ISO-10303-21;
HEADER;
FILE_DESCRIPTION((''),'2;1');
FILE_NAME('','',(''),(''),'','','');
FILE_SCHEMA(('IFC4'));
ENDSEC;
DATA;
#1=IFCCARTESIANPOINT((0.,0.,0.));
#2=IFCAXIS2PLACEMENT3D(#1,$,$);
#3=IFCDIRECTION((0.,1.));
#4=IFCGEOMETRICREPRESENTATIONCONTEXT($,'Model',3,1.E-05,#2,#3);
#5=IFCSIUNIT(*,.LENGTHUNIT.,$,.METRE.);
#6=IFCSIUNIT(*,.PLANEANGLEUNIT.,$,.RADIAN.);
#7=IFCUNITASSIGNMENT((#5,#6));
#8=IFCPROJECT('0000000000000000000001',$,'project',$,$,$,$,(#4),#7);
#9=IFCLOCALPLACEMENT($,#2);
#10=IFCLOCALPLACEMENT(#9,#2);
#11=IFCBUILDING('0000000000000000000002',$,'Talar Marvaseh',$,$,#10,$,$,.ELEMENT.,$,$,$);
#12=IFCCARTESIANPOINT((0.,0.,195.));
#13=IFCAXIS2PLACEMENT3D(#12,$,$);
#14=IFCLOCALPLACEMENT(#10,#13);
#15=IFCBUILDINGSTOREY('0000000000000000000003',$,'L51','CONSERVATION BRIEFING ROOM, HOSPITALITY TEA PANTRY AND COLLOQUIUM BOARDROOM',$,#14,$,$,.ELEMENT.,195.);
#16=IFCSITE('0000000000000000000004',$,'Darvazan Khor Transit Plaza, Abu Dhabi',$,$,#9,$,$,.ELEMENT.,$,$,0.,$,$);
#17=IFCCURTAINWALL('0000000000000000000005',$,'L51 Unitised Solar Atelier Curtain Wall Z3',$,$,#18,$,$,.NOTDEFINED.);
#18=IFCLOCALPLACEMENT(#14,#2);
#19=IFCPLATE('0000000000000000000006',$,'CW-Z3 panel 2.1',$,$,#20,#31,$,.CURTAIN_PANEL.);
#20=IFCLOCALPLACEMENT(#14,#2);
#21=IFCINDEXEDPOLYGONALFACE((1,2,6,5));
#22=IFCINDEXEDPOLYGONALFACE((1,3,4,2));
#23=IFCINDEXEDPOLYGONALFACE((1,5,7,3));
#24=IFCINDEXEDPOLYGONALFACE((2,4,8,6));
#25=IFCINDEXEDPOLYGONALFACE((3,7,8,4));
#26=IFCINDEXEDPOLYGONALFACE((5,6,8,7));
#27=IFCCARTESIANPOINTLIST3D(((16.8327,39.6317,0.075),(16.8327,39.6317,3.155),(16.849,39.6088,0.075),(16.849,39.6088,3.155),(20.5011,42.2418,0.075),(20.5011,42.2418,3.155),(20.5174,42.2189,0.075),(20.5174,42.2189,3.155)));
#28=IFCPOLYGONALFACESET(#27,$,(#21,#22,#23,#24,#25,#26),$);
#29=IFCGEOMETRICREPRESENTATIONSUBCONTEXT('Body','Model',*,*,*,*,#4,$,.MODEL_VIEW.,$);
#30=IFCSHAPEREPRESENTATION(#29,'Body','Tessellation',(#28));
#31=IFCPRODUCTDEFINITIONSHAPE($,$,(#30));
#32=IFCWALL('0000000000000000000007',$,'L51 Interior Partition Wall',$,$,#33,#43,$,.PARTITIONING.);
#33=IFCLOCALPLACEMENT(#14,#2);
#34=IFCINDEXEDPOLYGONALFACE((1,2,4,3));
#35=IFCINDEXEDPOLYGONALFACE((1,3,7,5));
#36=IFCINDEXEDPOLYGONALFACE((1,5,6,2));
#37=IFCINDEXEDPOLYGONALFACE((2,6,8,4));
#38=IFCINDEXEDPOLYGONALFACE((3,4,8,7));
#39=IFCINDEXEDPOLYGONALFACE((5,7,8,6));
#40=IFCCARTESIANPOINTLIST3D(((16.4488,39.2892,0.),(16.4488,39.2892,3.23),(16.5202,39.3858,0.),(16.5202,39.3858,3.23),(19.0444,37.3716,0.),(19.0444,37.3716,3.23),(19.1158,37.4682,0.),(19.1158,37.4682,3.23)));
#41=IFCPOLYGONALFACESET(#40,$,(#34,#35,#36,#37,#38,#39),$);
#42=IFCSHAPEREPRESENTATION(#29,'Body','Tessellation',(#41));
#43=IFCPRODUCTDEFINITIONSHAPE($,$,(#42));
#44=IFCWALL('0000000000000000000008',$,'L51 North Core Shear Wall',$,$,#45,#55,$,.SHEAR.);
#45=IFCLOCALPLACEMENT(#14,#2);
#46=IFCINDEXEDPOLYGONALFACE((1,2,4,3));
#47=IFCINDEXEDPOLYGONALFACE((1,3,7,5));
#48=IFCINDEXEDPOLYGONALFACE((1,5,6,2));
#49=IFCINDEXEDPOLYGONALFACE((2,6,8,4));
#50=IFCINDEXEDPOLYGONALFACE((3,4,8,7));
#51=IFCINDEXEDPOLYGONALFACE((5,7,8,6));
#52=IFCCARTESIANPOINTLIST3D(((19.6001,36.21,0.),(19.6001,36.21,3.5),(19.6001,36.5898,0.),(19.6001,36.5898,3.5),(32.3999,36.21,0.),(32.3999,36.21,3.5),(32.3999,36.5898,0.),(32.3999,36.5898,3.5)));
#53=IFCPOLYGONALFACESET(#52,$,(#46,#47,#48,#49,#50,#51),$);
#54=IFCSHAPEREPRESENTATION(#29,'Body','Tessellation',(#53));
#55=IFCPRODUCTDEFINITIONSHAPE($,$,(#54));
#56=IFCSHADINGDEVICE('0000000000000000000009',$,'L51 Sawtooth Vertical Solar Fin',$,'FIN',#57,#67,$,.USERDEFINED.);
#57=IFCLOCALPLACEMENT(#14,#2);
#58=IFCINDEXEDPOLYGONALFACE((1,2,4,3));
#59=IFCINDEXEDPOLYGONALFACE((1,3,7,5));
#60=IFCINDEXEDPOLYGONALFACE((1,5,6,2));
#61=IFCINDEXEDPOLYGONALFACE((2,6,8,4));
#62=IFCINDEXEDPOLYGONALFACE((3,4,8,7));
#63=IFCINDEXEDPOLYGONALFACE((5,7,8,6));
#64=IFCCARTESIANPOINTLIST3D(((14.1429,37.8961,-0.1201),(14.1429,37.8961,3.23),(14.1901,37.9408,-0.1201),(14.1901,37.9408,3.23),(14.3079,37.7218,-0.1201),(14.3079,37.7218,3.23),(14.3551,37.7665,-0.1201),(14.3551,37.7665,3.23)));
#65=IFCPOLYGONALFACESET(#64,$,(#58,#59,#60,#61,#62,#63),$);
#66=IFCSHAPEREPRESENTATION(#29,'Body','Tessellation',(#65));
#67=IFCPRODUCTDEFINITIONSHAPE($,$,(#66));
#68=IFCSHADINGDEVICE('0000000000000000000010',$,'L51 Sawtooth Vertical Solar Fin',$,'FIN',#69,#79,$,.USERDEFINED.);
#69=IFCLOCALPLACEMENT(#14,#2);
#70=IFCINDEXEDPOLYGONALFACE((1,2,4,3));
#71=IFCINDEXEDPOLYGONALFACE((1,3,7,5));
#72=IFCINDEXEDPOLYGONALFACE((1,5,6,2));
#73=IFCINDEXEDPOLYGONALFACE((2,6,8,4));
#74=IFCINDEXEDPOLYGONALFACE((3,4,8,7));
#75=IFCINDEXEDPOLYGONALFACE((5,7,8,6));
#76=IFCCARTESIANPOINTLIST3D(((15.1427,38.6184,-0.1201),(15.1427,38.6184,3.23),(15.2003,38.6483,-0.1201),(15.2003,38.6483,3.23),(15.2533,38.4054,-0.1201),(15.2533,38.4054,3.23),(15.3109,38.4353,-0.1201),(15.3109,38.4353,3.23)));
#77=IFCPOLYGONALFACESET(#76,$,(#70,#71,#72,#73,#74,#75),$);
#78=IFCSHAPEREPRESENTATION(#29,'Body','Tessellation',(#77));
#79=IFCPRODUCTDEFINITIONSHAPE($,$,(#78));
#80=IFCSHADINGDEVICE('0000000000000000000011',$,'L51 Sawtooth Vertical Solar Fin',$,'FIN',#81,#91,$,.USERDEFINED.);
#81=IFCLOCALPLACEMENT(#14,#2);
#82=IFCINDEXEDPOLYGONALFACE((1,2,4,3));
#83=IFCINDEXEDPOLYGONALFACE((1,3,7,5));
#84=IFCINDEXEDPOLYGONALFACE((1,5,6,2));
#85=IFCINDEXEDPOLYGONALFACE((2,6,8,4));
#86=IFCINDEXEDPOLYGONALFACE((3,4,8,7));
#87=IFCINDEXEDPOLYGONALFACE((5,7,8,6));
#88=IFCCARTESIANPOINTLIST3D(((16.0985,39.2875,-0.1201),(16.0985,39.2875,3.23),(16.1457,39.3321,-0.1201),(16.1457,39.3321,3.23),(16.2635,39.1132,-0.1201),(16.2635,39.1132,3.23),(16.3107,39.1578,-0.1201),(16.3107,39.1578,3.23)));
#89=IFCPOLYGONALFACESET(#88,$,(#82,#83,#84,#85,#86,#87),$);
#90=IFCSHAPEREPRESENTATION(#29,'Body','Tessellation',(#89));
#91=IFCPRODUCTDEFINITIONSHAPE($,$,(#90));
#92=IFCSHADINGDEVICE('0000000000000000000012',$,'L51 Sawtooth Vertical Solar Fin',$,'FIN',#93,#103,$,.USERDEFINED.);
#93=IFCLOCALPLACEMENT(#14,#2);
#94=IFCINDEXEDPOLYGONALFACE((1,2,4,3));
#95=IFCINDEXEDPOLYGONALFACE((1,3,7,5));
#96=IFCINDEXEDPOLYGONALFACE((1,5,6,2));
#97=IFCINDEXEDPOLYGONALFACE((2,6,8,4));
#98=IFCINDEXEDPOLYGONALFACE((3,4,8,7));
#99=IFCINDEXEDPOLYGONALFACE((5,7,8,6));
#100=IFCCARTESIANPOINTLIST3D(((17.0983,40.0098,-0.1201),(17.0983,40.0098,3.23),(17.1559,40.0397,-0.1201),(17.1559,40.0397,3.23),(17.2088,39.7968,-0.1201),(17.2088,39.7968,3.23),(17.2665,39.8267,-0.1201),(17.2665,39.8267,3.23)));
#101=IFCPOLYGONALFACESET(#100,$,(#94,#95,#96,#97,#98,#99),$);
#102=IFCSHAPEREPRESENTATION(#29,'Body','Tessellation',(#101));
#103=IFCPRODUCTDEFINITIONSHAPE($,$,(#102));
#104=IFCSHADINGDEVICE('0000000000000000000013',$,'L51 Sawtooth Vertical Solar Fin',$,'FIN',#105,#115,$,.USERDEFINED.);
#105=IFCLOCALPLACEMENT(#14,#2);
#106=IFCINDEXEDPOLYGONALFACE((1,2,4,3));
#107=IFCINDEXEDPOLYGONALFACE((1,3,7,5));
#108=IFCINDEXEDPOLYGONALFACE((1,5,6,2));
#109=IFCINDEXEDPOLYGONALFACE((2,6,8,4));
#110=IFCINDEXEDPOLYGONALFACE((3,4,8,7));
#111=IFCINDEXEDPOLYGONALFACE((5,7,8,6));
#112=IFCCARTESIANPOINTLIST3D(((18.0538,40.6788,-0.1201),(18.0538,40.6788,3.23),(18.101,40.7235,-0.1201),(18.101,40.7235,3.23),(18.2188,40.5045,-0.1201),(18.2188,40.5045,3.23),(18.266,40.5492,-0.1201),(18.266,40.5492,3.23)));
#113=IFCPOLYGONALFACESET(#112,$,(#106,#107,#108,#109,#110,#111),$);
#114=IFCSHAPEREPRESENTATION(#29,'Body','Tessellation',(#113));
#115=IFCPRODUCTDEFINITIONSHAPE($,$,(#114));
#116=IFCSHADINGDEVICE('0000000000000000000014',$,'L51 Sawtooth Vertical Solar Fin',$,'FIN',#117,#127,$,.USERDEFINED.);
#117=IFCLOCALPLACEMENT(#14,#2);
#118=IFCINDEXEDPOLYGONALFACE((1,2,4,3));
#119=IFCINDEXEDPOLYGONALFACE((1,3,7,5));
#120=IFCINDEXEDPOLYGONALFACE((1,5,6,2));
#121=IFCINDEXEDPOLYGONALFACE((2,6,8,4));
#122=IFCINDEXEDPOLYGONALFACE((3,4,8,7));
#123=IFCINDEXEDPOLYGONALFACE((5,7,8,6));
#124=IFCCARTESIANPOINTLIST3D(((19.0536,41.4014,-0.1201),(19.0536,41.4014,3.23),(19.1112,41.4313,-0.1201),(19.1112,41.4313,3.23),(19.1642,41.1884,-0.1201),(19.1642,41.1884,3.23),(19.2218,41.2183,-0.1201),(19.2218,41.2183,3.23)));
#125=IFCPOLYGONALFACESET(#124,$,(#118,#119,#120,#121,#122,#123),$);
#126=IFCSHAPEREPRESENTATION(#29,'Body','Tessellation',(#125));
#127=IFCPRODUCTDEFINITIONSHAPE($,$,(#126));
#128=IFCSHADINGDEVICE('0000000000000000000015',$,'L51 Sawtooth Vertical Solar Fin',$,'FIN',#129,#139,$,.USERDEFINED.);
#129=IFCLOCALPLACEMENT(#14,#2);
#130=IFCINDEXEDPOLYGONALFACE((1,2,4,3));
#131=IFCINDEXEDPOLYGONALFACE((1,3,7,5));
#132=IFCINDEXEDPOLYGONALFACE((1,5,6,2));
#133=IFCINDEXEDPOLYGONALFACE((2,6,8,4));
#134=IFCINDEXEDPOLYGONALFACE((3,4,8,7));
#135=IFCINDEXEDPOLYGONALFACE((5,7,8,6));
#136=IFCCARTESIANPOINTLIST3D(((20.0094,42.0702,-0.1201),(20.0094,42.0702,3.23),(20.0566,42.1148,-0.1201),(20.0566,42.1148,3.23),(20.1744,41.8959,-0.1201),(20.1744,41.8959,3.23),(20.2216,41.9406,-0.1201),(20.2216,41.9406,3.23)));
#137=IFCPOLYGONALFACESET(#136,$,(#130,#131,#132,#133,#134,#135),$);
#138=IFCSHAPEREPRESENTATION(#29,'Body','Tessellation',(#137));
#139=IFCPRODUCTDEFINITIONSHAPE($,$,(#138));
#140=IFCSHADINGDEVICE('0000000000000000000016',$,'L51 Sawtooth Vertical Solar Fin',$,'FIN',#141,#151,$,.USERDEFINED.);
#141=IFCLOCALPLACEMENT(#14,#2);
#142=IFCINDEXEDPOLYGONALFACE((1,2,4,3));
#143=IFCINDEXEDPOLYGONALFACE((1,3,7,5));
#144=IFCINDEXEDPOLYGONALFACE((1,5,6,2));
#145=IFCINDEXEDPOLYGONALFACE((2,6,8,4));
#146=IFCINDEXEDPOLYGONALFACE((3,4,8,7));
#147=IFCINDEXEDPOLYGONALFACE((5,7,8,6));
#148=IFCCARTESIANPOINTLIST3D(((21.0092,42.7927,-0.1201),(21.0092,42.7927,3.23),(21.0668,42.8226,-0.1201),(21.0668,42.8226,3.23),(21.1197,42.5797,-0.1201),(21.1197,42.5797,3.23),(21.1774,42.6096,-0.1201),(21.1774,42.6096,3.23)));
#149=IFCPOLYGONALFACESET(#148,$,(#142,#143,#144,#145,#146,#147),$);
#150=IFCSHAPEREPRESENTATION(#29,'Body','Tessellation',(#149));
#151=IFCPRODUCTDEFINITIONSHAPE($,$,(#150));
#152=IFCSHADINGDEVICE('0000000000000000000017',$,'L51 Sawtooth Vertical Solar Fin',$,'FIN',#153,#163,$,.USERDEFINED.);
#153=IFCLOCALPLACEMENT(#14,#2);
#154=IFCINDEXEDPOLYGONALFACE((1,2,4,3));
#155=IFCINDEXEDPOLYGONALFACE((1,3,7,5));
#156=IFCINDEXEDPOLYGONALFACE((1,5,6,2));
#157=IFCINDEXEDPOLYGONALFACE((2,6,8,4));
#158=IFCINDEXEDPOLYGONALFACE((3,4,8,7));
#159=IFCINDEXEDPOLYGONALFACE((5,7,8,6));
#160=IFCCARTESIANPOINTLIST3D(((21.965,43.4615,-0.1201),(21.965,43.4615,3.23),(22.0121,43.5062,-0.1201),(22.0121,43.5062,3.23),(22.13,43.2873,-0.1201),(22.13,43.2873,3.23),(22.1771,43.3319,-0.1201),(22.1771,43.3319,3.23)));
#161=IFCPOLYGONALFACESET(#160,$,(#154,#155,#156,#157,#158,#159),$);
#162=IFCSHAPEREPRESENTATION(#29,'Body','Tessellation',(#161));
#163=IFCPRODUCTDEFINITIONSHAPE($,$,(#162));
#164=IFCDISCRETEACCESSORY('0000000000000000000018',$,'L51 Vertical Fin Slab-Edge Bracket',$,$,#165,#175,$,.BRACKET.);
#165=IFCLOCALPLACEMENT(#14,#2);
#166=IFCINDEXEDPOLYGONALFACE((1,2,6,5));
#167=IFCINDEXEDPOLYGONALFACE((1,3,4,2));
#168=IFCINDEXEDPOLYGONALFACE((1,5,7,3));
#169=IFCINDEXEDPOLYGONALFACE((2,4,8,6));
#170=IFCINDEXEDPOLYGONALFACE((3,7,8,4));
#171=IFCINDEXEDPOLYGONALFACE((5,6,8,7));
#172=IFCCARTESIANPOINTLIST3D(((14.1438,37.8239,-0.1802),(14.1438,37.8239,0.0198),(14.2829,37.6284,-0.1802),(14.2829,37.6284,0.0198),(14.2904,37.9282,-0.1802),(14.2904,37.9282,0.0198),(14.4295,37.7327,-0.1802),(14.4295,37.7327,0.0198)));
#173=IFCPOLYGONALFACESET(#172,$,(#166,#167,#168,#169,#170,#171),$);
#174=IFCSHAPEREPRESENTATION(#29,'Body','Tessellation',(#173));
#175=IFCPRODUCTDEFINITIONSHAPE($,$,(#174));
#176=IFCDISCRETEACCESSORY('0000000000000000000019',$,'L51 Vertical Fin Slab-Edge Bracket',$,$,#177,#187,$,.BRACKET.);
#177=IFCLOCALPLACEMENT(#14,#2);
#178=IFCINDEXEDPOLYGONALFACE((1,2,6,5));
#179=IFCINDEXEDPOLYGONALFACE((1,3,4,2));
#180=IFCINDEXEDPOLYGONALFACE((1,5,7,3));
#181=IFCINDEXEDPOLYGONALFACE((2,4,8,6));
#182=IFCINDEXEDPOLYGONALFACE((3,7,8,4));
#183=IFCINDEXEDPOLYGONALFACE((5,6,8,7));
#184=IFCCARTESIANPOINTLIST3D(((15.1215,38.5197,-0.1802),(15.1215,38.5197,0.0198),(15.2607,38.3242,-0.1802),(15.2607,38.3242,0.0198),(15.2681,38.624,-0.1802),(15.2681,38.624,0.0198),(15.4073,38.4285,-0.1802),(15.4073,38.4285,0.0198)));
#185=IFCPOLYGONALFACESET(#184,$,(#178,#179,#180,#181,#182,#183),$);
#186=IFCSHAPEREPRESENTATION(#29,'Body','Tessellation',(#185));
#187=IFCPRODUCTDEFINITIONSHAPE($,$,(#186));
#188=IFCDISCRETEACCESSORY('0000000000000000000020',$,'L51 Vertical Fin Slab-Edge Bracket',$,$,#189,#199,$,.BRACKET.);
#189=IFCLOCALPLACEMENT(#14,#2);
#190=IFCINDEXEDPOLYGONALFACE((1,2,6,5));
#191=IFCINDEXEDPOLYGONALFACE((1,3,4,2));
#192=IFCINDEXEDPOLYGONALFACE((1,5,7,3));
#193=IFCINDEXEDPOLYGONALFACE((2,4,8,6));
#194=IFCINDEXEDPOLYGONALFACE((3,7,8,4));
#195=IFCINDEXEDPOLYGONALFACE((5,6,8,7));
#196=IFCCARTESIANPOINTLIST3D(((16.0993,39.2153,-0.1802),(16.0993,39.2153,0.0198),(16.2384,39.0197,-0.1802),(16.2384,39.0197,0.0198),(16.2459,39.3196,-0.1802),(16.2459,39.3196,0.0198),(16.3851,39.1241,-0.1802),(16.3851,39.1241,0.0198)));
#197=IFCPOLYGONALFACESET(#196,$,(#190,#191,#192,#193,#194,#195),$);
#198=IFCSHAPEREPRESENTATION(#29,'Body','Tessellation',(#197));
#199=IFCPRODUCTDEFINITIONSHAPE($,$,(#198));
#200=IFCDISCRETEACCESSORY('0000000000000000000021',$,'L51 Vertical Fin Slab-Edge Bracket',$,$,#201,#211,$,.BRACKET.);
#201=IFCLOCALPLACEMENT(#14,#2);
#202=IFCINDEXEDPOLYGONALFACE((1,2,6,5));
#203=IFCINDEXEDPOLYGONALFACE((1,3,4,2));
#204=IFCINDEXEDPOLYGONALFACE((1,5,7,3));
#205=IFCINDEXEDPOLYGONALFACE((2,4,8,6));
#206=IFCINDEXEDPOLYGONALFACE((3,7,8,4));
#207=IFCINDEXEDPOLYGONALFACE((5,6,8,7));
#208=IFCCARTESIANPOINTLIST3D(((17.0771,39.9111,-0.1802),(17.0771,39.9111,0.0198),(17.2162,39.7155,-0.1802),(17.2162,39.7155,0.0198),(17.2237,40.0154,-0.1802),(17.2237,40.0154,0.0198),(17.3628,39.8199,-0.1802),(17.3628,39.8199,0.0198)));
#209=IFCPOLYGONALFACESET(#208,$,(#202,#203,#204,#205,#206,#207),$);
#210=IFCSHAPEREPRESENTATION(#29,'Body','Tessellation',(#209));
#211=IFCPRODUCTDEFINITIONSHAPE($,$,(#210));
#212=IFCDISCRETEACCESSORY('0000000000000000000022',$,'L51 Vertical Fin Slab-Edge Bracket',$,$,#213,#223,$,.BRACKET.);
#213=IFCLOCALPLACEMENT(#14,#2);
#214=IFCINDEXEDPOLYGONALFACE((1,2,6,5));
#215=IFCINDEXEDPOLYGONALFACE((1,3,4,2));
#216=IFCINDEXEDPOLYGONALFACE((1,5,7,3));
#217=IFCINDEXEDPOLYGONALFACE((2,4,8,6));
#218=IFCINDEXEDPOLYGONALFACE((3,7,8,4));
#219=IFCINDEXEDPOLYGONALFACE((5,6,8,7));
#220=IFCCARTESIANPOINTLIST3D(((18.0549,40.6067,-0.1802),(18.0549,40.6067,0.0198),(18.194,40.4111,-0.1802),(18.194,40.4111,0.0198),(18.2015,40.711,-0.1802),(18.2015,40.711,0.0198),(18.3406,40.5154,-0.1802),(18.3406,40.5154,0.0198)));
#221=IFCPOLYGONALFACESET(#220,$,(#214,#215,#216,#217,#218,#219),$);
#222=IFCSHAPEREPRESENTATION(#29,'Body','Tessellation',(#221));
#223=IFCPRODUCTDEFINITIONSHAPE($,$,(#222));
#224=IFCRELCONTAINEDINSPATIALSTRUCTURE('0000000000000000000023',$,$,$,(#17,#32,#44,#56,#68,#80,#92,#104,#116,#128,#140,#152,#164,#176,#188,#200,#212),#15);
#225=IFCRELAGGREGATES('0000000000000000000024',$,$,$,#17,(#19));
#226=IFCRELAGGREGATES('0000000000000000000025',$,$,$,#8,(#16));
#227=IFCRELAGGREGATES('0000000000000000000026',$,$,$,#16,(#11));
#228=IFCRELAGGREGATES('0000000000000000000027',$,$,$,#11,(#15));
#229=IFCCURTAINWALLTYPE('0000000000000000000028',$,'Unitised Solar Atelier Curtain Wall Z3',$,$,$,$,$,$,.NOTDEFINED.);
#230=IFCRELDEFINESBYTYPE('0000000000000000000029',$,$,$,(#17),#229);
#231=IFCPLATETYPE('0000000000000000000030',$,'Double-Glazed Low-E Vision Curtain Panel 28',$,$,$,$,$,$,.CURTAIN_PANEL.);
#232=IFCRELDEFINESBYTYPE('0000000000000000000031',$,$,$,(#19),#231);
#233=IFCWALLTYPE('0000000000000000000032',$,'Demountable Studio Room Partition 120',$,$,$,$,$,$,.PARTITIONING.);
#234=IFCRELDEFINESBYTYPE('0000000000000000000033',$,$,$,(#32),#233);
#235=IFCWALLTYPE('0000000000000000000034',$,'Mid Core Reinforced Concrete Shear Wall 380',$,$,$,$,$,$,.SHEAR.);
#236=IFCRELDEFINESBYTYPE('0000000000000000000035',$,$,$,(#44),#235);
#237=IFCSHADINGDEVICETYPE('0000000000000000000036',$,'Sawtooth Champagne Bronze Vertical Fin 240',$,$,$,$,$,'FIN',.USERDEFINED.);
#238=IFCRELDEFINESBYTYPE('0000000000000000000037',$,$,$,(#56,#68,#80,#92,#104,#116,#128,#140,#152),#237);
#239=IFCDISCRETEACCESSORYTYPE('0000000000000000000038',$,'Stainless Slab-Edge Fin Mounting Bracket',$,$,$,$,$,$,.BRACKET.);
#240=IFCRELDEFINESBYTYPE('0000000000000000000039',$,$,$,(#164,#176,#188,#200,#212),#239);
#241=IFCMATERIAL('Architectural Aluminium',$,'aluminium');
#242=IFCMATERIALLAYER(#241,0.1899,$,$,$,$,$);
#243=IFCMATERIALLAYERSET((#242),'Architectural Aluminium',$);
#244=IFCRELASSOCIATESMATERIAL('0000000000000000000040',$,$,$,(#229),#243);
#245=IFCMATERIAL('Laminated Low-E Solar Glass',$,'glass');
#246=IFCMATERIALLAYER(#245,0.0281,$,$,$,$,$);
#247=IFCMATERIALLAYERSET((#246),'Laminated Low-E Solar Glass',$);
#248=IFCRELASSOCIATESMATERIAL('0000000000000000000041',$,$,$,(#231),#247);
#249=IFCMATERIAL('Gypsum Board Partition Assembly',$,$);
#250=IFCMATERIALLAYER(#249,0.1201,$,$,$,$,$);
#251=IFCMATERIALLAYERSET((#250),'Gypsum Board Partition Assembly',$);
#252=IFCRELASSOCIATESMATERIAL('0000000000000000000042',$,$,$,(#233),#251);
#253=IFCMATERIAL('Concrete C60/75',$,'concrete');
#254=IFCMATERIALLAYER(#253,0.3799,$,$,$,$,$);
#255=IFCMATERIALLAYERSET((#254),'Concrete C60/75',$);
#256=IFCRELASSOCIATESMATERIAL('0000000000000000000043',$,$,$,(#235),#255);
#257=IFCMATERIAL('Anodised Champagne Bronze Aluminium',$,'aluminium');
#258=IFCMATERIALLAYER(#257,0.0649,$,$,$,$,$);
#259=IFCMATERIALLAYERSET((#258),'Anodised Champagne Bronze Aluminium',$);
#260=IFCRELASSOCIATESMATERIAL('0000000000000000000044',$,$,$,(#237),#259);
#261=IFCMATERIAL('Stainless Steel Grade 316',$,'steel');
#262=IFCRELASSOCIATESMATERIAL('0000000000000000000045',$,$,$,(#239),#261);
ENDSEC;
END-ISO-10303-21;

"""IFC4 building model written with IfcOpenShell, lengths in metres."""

from ifc_helpers import new_model, si_unit, direction, frame, frame_2d, origin, origin_2d, place, context, subcontext, project, spatial, rectangle, extrude, source, transform, mapped, material, layer, layer_set, type_object, type_shapes, element, aggregate, save


model = new_model("IFC4")

# Units and contexts
model_context = context("Model", 3, precision=1e-05, world=origin(), true_north=direction((0.0, 1.0)))
body_context = subcontext(model_context, "Body", "Model", "MODEL_VIEW")
ifc_project = project(units=[si_unit("LENGTHUNIT", "METRE"), si_unit("PLANEANGLEUNIT", "RADIAN")], contexts=[model_context])

# Site, building, storey
site_placement = place(None, origin())
site = spatial("IfcSite", under=ifc_project, at=site_placement, Name="Darvazan Khor Transit Plaza, Abu Dhabi", CompositionType="ELEMENT", RefElevation=0.0)
building_placement = place(site_placement, origin())
building = spatial("IfcBuilding", under=site, at=building_placement, Name="Talar Marvaseh", CompositionType="ELEMENT")
storey_placement = place(building_placement, frame((0.0, 0.0, 195.0)))
storey = spatial("IfcBuildingStorey", under=building, at=storey_placement, Name="L51", Description="CONSERVATION BRIEFING ROOM, HOSPITALITY TEA PANTRY AND COLLOQUIUM BOARDROOM", CompositionType="ELEMENT", Elevation=195.0)

# Shared definitions
ifc_material_1 = material(Name="Concrete C60/75", Category="concrete")

# Curtain wall, plate
ifc_material_2 = material(Name="Architectural Aluminium", Category="aluminium")
ifc_layer_1 = layer(ifc_material_2, 0.1899)
ifc_layer_set_1 = layer_set([ifc_layer_1], Name="Architectural Aluminium")
curtain_wall_type = type_object("IfcCurtainWallType", Name="Unitised Solar Atelier Curtain Wall Z3", PredefinedType="NOTDEFINED", material=ifc_layer_set_1)
curtain_wall_placement = place(storey_placement, origin())
curtain_wall = element("IfcCurtainWall", 1, at=curtain_wall_placement, inside=storey, type_object=curtain_wall_type, Name="L51 Unitised Solar Atelier Curtain Wall Z3", PredefinedType="NOTDEFINED")
ifc_material_3 = material(Name="Laminated Low-E Solar Glass", Category="glass")
ifc_layer_2 = layer(ifc_material_3, 0.0281)
ifc_layer_set_2 = layer_set([ifc_layer_2], Name="Laminated Low-E Solar Glass")
plate_type = type_object("IfcPlateType", Name="Double-Glazed Low-E Vision Curtain Panel 28", PredefinedType="CURTAIN_PANEL", material=ifc_layer_set_2)
shared_shape_1 = source(origin(), body_context, "Body", "SweptSolid", [
    extrude(rectangle(XDim=4.5022, YDim=0.0281, at=origin_2d()), origin(), (0.0, 0.0, 1.0), 3.0801),
])
plate_1_placement = place(storey_placement, frame((18.675, 40.9253, 0.075), z_axis=(0.0, 0.0, 1.0), x_axis=(0.814802, 0.57974, 0.0)))
plate_1 = element("IfcPlate", 2, at=plate_1_placement, type_object=plate_type, Name="CW-Z3 panel 2.1", PredefinedType="CURTAIN_PANEL", context=body_context, shape_type="MappedRepresentation", body=[
    mapped(shared_shape_1, transform((0.0, 0.0, 0.0), x_axis=(1.0, 0.0, 0.0), y_axis=(0.0, 1.0, 0.0), z_axis=(0.0, 0.0, 1.0), scale=1.0)),
])
aggregate(curtain_wall, [plate_1])

# Walls
ifc_material_4 = material(Name="Gypsum Board Partition Assembly")
ifc_layer_3 = layer(ifc_material_4, 0.1201)
ifc_layer_set_3 = layer_set([ifc_layer_3], Name="Gypsum Board Partition Assembly")
wall_type_1 = type_object("IfcWallType", Name="Demountable Studio Room Partition 120", PredefinedType="PARTITIONING", material=ifc_layer_set_3)
wall_1_placement = place(storey_placement, frame((19.0801, 37.4199, 0.0), z_axis=(0.0, 0.0, 1.0), x_axis=(-0.80431, 0.59421, 0.0)))
element("IfcWall", 3, at=wall_1_placement, inside=storey, type_object=wall_type_1, Name="L51 Interior Partition Wall", PredefinedType="PARTITIONING", context=body_context, shape_type="SweptSolid", body=[
    extrude(rectangle(XDim=3.2271, YDim=0.1201, at=frame_2d((1.6135, 0.0))), origin(), (0.0, 0.0, 1.0), 3.23),
])
ifc_layer_4 = layer(ifc_material_1, 0.3799)
ifc_layer_set_4 = layer_set([ifc_layer_4], Name="Concrete C60/75")
wall_type_2 = type_object("IfcWallType", Name="Mid Core Reinforced Concrete Shear Wall 380", PredefinedType="SHEAR", material=ifc_layer_set_4)
wall_2_placement = place(storey_placement, frame((19.6001, 36.3999, 0.0), z_axis=(0.0, 0.0, 1.0), x_axis=(1.0, 0.0, 0.0)))
element("IfcWall", 4, at=wall_2_placement, inside=storey, type_object=wall_type_2, Name="L51 North Core Shear Wall", PredefinedType="SHEAR", context=body_context, shape_type="SweptSolid", body=[
    extrude(rectangle(XDim=12.7998, YDim=0.3799, at=frame_2d((6.3999, 0.0))), origin(), (0.0, 0.0, 1.0), 3.5),
])

# Shading devices
ifc_material_5 = material(Name="Anodised Champagne Bronze Aluminium", Category="aluminium")
ifc_layer_5 = layer(ifc_material_5, 0.0649)
ifc_layer_set_5 = layer_set([ifc_layer_5], Name="Anodised Champagne Bronze Aluminium")
shading_device_type = type_object("IfcShadingDeviceType", Name="Sawtooth Champagne Bronze Vertical Fin 240", ElementType="FIN", PredefinedType="USERDEFINED", material=ifc_layer_set_5)
shared_shape_2 = source(origin(), body_context, "Body", "SweptSolid", [
    extrude(rectangle(XDim=0.24, YDim=0.0649, at=origin_2d()), origin(), (0.0, 0.0, 1.0), 3.3501),
])
type_shapes(shading_device_type, [shared_shape_2])
for number, where, z_axis, x_axis, name in (
    (5, (14.249, 37.8313, -0.1201), (0.0, 0.0, 1.0), (-0.687468, 0.726215, 0.0), "L51 Sawtooth Vertical Solar Fin"),
    (6, (15.2268, 38.5269, -0.1201), (0.0, 0.0, 1.0), (-0.460665, 0.887574, 0.0), "L51 Sawtooth Vertical Solar Fin"),
    (7, (16.2046, 39.2227, -0.1201), (0.0, 0.0, 1.0), (-0.687468, 0.726215, 0.0), "L51 Sawtooth Vertical Solar Fin"),
    (8, (17.1824, 39.9182, -0.1201), (0.0, 0.0, 1.0), (-0.460665, 0.887574, 0.0), "L51 Sawtooth Vertical Solar Fin"),
    (9, (18.1599, 40.614, -0.1201), (0.0, 0.0, 1.0), (-0.687468, 0.726215, 0.0), "L51 Sawtooth Vertical Solar Fin"),
    (10, (19.1377, 41.3098, -0.1201), (0.0, 0.0, 1.0), (-0.460665, 0.887574, 0.0), "L51 Sawtooth Vertical Solar Fin"),
    (11, (20.1155, 42.0054, -0.1201), (0.0, 0.0, 1.0), (-0.687468, 0.726215, 0.0), "L51 Sawtooth Vertical Solar Fin"),
    (12, (21.0933, 42.7012, -0.1201), (0.0, 0.0, 1.0), (-0.460665, 0.887574, 0.0), "L51 Sawtooth Vertical Solar Fin"),
    (13, (22.071, 43.3967, -0.1201), (0.0, 0.0, 1.0), (-0.687468, 0.726215, 0.0), "L51 Sawtooth Vertical Solar Fin"),
):
    element("IfcShadingDevice", number, at=place(storey_placement, frame(where, z_axis=z_axis, x_axis=x_axis)), inside=storey, type_object=shading_device_type, Name=name, ObjectType="FIN", PredefinedType="USERDEFINED", context=body_context, shape_type="MappedRepresentation", body=[
        mapped(shared_shape_2, transform((0.0, 0.0, 0.0), x_axis=(1.0, 0.0, 0.0), y_axis=(0.0, 1.0, 0.0), z_axis=(0.0, 0.0, 1.0), scale=1.0)),
    ])

# Discrete accessories
ifc_material_6 = material(Name="Stainless Steel Grade 316", Category="steel")
discrete_accessory_type = type_object("IfcDiscreteAccessoryType", Name="Stainless Slab-Edge Fin Mounting Bracket", PredefinedType="BRACKET", material=ifc_material_6)
shared_shape_3 = source(origin(), body_context, "Body", "SweptSolid", [
    extrude(rectangle(XDim=0.24, YDim=0.1799, at=origin_2d()), origin(), (0.0, 0.0, 1.0), 0.2),
])
type_shapes(discrete_accessory_type, [shared_shape_3])
for number, where, z_axis, x_axis, name in (
    (14, (14.2866, 37.7783, -0.1802), (0.0, 0.0, 1.0), (-0.579708, 0.814824, 0.0), "L51 Vertical Fin Slab-Edge Bracket"),
    (15, (15.2644, 38.4741, -0.1802), (0.0, 0.0, 1.0), (-0.579708, 0.814824, 0.0), "L51 Vertical Fin Slab-Edge Bracket"),
    (16, (16.2422, 39.1697, -0.1802), (0.0, 0.0, 1.0), (-0.579708, 0.814824, 0.0), "L51 Vertical Fin Slab-Edge Bracket"),
    (17, (17.22, 39.8655, -0.1802), (0.0, 0.0, 1.0), (-0.579708, 0.814824, 0.0), "L51 Vertical Fin Slab-Edge Bracket"),
    (18, (18.1978, 40.561, -0.1802), (0.0, 0.0, 1.0), (-0.579708, 0.814824, 0.0), "L51 Vertical Fin Slab-Edge Bracket"),
):
    element("IfcDiscreteAccessory", number, at=place(storey_placement, frame(where, z_axis=z_axis, x_axis=x_axis)), inside=storey, type_object=discrete_accessory_type, Name=name, PredefinedType="BRACKET", context=body_context, shape_type="MappedRepresentation", body=[
        mapped(shared_shape_3, transform((0.0, 0.0, 0.0), x_axis=(1.0, 0.0, 0.0), y_axis=(0.0, 1.0, 0.0), z_axis=(0.0, 0.0, 1.0), scale=1.0)),
    ])

save(model, "model.ifc")
